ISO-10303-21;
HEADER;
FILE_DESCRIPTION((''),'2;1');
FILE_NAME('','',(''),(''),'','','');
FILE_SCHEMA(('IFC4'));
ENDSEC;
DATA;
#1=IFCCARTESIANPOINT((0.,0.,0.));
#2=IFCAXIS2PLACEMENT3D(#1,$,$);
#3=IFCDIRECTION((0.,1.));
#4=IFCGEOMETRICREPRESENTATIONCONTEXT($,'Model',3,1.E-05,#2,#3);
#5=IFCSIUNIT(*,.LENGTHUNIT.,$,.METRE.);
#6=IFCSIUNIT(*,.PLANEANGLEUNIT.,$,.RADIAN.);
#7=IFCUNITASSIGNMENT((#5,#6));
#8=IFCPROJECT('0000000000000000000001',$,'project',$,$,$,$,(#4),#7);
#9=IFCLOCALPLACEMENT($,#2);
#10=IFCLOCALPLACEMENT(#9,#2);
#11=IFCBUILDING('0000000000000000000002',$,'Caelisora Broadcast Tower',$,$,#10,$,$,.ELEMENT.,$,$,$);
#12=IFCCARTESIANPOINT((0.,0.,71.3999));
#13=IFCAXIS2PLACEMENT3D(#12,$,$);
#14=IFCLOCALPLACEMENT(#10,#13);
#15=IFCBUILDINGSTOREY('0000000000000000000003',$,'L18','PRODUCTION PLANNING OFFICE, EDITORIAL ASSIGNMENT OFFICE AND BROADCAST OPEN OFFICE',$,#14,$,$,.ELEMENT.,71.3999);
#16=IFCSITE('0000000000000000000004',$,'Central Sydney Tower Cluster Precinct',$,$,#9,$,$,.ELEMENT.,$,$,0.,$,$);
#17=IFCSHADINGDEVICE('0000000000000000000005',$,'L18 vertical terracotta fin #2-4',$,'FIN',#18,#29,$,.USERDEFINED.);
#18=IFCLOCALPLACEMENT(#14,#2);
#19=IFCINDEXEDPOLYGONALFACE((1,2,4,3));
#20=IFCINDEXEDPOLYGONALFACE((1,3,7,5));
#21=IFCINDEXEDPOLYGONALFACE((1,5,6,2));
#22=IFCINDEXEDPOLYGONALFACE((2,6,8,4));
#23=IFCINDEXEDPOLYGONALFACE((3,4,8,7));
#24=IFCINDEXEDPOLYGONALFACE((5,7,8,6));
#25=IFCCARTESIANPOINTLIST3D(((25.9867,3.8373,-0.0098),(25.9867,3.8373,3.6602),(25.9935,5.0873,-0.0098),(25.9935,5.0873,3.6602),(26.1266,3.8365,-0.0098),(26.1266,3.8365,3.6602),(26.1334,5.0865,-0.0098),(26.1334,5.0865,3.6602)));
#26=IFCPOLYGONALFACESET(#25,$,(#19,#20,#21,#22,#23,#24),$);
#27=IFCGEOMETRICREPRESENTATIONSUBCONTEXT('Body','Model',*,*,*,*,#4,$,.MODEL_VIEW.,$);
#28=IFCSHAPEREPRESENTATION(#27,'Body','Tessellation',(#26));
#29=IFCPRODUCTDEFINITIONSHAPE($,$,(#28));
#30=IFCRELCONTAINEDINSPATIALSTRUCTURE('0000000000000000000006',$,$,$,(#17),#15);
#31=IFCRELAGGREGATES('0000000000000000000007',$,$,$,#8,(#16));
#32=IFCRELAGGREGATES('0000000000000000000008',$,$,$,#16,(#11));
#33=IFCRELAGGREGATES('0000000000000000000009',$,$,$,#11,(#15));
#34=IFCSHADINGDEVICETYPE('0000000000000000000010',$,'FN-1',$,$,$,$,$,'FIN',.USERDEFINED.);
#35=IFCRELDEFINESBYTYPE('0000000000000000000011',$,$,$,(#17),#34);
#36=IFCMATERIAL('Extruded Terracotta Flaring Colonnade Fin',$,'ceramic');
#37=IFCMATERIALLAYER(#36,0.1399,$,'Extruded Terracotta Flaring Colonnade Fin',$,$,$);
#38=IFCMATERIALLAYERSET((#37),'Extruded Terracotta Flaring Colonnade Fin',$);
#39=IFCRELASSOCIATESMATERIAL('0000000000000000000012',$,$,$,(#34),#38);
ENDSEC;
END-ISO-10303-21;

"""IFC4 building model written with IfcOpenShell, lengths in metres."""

from ifc_helpers import new_model, si_unit, direction, frame, origin, origin_2d, place, context, subcontext, project, spatial, rectangle, extrude, source, transform, mapped, material, layer, layer_set, type_object, type_shapes, element, save


model = new_model("IFC4")

# Units and contexts
model_context = context("Model", 3, precision=1e-05, world=origin(), true_north=direction((0.0, 1.0)))
body_context = subcontext(model_context, "Body", "Model", "MODEL_VIEW")
ifc_project = project(units=[si_unit("LENGTHUNIT", "METRE"), si_unit("PLANEANGLEUNIT", "RADIAN")], contexts=[model_context])

# Site, building, storey
site_placement = place(None, origin())
site = spatial("IfcSite", under=ifc_project, at=site_placement, Name="Central Sydney Tower Cluster Precinct", CompositionType="ELEMENT", RefElevation=0.0)
building_placement = place(site_placement, origin())
building = spatial("IfcBuilding", under=site, at=building_placement, Name="Caelisora Broadcast Tower", CompositionType="ELEMENT")
storey_placement = place(building_placement, frame((0.0, 0.0, 71.3999)))
storey = spatial("IfcBuildingStorey", under=building, at=storey_placement, Name="L18", Description="PRODUCTION PLANNING OFFICE, EDITORIAL ASSIGNMENT OFFICE AND BROADCAST OPEN OFFICE", CompositionType="ELEMENT", Elevation=71.3999)

# Shading device
ifc_material_1 = material(Name="Extruded Terracotta Flaring Colonnade Fin", Category="ceramic")
ifc_layer_1 = layer(ifc_material_1, 0.1399, Name="Extruded Terracotta Flaring Colonnade Fin")
ifc_layer_set_1 = layer_set([ifc_layer_1], Name="Extruded Terracotta Flaring Colonnade Fin")
shading_device_type = type_object("IfcShadingDeviceType", Name="FN-1", ElementType="FIN", PredefinedType="USERDEFINED", material=ifc_layer_set_1)
shared_shape_1 = source(origin(), body_context, "Body", "SweptSolid", [
    extrude(rectangle(XDim=0.1399, YDim=1.25, at=origin_2d()), origin(), (0.0, 0.0, 1.0), 3.6699),
])
type_shapes(shading_device_type, [shared_shape_1])
shading_device_placement = place(storey_placement, frame((26.0601, 4.4619, -0.0098), z_axis=(0.0, 0.0, 1.0), x_axis=(-0.999985, 0.00541, 0.0)))
element("IfcShadingDevice", 1, at=shading_device_placement, inside=storey, type_object=shading_device_type, Name="L18 vertical terracotta fin #2-4", ObjectType="FIN", PredefinedType="USERDEFINED", context=body_context, shape_type="MappedRepresentation", body=[
    mapped(shared_shape_1, transform((0.0, 0.0, 0.0), scale=1.0)),
])

save(model, "model.ifc")
